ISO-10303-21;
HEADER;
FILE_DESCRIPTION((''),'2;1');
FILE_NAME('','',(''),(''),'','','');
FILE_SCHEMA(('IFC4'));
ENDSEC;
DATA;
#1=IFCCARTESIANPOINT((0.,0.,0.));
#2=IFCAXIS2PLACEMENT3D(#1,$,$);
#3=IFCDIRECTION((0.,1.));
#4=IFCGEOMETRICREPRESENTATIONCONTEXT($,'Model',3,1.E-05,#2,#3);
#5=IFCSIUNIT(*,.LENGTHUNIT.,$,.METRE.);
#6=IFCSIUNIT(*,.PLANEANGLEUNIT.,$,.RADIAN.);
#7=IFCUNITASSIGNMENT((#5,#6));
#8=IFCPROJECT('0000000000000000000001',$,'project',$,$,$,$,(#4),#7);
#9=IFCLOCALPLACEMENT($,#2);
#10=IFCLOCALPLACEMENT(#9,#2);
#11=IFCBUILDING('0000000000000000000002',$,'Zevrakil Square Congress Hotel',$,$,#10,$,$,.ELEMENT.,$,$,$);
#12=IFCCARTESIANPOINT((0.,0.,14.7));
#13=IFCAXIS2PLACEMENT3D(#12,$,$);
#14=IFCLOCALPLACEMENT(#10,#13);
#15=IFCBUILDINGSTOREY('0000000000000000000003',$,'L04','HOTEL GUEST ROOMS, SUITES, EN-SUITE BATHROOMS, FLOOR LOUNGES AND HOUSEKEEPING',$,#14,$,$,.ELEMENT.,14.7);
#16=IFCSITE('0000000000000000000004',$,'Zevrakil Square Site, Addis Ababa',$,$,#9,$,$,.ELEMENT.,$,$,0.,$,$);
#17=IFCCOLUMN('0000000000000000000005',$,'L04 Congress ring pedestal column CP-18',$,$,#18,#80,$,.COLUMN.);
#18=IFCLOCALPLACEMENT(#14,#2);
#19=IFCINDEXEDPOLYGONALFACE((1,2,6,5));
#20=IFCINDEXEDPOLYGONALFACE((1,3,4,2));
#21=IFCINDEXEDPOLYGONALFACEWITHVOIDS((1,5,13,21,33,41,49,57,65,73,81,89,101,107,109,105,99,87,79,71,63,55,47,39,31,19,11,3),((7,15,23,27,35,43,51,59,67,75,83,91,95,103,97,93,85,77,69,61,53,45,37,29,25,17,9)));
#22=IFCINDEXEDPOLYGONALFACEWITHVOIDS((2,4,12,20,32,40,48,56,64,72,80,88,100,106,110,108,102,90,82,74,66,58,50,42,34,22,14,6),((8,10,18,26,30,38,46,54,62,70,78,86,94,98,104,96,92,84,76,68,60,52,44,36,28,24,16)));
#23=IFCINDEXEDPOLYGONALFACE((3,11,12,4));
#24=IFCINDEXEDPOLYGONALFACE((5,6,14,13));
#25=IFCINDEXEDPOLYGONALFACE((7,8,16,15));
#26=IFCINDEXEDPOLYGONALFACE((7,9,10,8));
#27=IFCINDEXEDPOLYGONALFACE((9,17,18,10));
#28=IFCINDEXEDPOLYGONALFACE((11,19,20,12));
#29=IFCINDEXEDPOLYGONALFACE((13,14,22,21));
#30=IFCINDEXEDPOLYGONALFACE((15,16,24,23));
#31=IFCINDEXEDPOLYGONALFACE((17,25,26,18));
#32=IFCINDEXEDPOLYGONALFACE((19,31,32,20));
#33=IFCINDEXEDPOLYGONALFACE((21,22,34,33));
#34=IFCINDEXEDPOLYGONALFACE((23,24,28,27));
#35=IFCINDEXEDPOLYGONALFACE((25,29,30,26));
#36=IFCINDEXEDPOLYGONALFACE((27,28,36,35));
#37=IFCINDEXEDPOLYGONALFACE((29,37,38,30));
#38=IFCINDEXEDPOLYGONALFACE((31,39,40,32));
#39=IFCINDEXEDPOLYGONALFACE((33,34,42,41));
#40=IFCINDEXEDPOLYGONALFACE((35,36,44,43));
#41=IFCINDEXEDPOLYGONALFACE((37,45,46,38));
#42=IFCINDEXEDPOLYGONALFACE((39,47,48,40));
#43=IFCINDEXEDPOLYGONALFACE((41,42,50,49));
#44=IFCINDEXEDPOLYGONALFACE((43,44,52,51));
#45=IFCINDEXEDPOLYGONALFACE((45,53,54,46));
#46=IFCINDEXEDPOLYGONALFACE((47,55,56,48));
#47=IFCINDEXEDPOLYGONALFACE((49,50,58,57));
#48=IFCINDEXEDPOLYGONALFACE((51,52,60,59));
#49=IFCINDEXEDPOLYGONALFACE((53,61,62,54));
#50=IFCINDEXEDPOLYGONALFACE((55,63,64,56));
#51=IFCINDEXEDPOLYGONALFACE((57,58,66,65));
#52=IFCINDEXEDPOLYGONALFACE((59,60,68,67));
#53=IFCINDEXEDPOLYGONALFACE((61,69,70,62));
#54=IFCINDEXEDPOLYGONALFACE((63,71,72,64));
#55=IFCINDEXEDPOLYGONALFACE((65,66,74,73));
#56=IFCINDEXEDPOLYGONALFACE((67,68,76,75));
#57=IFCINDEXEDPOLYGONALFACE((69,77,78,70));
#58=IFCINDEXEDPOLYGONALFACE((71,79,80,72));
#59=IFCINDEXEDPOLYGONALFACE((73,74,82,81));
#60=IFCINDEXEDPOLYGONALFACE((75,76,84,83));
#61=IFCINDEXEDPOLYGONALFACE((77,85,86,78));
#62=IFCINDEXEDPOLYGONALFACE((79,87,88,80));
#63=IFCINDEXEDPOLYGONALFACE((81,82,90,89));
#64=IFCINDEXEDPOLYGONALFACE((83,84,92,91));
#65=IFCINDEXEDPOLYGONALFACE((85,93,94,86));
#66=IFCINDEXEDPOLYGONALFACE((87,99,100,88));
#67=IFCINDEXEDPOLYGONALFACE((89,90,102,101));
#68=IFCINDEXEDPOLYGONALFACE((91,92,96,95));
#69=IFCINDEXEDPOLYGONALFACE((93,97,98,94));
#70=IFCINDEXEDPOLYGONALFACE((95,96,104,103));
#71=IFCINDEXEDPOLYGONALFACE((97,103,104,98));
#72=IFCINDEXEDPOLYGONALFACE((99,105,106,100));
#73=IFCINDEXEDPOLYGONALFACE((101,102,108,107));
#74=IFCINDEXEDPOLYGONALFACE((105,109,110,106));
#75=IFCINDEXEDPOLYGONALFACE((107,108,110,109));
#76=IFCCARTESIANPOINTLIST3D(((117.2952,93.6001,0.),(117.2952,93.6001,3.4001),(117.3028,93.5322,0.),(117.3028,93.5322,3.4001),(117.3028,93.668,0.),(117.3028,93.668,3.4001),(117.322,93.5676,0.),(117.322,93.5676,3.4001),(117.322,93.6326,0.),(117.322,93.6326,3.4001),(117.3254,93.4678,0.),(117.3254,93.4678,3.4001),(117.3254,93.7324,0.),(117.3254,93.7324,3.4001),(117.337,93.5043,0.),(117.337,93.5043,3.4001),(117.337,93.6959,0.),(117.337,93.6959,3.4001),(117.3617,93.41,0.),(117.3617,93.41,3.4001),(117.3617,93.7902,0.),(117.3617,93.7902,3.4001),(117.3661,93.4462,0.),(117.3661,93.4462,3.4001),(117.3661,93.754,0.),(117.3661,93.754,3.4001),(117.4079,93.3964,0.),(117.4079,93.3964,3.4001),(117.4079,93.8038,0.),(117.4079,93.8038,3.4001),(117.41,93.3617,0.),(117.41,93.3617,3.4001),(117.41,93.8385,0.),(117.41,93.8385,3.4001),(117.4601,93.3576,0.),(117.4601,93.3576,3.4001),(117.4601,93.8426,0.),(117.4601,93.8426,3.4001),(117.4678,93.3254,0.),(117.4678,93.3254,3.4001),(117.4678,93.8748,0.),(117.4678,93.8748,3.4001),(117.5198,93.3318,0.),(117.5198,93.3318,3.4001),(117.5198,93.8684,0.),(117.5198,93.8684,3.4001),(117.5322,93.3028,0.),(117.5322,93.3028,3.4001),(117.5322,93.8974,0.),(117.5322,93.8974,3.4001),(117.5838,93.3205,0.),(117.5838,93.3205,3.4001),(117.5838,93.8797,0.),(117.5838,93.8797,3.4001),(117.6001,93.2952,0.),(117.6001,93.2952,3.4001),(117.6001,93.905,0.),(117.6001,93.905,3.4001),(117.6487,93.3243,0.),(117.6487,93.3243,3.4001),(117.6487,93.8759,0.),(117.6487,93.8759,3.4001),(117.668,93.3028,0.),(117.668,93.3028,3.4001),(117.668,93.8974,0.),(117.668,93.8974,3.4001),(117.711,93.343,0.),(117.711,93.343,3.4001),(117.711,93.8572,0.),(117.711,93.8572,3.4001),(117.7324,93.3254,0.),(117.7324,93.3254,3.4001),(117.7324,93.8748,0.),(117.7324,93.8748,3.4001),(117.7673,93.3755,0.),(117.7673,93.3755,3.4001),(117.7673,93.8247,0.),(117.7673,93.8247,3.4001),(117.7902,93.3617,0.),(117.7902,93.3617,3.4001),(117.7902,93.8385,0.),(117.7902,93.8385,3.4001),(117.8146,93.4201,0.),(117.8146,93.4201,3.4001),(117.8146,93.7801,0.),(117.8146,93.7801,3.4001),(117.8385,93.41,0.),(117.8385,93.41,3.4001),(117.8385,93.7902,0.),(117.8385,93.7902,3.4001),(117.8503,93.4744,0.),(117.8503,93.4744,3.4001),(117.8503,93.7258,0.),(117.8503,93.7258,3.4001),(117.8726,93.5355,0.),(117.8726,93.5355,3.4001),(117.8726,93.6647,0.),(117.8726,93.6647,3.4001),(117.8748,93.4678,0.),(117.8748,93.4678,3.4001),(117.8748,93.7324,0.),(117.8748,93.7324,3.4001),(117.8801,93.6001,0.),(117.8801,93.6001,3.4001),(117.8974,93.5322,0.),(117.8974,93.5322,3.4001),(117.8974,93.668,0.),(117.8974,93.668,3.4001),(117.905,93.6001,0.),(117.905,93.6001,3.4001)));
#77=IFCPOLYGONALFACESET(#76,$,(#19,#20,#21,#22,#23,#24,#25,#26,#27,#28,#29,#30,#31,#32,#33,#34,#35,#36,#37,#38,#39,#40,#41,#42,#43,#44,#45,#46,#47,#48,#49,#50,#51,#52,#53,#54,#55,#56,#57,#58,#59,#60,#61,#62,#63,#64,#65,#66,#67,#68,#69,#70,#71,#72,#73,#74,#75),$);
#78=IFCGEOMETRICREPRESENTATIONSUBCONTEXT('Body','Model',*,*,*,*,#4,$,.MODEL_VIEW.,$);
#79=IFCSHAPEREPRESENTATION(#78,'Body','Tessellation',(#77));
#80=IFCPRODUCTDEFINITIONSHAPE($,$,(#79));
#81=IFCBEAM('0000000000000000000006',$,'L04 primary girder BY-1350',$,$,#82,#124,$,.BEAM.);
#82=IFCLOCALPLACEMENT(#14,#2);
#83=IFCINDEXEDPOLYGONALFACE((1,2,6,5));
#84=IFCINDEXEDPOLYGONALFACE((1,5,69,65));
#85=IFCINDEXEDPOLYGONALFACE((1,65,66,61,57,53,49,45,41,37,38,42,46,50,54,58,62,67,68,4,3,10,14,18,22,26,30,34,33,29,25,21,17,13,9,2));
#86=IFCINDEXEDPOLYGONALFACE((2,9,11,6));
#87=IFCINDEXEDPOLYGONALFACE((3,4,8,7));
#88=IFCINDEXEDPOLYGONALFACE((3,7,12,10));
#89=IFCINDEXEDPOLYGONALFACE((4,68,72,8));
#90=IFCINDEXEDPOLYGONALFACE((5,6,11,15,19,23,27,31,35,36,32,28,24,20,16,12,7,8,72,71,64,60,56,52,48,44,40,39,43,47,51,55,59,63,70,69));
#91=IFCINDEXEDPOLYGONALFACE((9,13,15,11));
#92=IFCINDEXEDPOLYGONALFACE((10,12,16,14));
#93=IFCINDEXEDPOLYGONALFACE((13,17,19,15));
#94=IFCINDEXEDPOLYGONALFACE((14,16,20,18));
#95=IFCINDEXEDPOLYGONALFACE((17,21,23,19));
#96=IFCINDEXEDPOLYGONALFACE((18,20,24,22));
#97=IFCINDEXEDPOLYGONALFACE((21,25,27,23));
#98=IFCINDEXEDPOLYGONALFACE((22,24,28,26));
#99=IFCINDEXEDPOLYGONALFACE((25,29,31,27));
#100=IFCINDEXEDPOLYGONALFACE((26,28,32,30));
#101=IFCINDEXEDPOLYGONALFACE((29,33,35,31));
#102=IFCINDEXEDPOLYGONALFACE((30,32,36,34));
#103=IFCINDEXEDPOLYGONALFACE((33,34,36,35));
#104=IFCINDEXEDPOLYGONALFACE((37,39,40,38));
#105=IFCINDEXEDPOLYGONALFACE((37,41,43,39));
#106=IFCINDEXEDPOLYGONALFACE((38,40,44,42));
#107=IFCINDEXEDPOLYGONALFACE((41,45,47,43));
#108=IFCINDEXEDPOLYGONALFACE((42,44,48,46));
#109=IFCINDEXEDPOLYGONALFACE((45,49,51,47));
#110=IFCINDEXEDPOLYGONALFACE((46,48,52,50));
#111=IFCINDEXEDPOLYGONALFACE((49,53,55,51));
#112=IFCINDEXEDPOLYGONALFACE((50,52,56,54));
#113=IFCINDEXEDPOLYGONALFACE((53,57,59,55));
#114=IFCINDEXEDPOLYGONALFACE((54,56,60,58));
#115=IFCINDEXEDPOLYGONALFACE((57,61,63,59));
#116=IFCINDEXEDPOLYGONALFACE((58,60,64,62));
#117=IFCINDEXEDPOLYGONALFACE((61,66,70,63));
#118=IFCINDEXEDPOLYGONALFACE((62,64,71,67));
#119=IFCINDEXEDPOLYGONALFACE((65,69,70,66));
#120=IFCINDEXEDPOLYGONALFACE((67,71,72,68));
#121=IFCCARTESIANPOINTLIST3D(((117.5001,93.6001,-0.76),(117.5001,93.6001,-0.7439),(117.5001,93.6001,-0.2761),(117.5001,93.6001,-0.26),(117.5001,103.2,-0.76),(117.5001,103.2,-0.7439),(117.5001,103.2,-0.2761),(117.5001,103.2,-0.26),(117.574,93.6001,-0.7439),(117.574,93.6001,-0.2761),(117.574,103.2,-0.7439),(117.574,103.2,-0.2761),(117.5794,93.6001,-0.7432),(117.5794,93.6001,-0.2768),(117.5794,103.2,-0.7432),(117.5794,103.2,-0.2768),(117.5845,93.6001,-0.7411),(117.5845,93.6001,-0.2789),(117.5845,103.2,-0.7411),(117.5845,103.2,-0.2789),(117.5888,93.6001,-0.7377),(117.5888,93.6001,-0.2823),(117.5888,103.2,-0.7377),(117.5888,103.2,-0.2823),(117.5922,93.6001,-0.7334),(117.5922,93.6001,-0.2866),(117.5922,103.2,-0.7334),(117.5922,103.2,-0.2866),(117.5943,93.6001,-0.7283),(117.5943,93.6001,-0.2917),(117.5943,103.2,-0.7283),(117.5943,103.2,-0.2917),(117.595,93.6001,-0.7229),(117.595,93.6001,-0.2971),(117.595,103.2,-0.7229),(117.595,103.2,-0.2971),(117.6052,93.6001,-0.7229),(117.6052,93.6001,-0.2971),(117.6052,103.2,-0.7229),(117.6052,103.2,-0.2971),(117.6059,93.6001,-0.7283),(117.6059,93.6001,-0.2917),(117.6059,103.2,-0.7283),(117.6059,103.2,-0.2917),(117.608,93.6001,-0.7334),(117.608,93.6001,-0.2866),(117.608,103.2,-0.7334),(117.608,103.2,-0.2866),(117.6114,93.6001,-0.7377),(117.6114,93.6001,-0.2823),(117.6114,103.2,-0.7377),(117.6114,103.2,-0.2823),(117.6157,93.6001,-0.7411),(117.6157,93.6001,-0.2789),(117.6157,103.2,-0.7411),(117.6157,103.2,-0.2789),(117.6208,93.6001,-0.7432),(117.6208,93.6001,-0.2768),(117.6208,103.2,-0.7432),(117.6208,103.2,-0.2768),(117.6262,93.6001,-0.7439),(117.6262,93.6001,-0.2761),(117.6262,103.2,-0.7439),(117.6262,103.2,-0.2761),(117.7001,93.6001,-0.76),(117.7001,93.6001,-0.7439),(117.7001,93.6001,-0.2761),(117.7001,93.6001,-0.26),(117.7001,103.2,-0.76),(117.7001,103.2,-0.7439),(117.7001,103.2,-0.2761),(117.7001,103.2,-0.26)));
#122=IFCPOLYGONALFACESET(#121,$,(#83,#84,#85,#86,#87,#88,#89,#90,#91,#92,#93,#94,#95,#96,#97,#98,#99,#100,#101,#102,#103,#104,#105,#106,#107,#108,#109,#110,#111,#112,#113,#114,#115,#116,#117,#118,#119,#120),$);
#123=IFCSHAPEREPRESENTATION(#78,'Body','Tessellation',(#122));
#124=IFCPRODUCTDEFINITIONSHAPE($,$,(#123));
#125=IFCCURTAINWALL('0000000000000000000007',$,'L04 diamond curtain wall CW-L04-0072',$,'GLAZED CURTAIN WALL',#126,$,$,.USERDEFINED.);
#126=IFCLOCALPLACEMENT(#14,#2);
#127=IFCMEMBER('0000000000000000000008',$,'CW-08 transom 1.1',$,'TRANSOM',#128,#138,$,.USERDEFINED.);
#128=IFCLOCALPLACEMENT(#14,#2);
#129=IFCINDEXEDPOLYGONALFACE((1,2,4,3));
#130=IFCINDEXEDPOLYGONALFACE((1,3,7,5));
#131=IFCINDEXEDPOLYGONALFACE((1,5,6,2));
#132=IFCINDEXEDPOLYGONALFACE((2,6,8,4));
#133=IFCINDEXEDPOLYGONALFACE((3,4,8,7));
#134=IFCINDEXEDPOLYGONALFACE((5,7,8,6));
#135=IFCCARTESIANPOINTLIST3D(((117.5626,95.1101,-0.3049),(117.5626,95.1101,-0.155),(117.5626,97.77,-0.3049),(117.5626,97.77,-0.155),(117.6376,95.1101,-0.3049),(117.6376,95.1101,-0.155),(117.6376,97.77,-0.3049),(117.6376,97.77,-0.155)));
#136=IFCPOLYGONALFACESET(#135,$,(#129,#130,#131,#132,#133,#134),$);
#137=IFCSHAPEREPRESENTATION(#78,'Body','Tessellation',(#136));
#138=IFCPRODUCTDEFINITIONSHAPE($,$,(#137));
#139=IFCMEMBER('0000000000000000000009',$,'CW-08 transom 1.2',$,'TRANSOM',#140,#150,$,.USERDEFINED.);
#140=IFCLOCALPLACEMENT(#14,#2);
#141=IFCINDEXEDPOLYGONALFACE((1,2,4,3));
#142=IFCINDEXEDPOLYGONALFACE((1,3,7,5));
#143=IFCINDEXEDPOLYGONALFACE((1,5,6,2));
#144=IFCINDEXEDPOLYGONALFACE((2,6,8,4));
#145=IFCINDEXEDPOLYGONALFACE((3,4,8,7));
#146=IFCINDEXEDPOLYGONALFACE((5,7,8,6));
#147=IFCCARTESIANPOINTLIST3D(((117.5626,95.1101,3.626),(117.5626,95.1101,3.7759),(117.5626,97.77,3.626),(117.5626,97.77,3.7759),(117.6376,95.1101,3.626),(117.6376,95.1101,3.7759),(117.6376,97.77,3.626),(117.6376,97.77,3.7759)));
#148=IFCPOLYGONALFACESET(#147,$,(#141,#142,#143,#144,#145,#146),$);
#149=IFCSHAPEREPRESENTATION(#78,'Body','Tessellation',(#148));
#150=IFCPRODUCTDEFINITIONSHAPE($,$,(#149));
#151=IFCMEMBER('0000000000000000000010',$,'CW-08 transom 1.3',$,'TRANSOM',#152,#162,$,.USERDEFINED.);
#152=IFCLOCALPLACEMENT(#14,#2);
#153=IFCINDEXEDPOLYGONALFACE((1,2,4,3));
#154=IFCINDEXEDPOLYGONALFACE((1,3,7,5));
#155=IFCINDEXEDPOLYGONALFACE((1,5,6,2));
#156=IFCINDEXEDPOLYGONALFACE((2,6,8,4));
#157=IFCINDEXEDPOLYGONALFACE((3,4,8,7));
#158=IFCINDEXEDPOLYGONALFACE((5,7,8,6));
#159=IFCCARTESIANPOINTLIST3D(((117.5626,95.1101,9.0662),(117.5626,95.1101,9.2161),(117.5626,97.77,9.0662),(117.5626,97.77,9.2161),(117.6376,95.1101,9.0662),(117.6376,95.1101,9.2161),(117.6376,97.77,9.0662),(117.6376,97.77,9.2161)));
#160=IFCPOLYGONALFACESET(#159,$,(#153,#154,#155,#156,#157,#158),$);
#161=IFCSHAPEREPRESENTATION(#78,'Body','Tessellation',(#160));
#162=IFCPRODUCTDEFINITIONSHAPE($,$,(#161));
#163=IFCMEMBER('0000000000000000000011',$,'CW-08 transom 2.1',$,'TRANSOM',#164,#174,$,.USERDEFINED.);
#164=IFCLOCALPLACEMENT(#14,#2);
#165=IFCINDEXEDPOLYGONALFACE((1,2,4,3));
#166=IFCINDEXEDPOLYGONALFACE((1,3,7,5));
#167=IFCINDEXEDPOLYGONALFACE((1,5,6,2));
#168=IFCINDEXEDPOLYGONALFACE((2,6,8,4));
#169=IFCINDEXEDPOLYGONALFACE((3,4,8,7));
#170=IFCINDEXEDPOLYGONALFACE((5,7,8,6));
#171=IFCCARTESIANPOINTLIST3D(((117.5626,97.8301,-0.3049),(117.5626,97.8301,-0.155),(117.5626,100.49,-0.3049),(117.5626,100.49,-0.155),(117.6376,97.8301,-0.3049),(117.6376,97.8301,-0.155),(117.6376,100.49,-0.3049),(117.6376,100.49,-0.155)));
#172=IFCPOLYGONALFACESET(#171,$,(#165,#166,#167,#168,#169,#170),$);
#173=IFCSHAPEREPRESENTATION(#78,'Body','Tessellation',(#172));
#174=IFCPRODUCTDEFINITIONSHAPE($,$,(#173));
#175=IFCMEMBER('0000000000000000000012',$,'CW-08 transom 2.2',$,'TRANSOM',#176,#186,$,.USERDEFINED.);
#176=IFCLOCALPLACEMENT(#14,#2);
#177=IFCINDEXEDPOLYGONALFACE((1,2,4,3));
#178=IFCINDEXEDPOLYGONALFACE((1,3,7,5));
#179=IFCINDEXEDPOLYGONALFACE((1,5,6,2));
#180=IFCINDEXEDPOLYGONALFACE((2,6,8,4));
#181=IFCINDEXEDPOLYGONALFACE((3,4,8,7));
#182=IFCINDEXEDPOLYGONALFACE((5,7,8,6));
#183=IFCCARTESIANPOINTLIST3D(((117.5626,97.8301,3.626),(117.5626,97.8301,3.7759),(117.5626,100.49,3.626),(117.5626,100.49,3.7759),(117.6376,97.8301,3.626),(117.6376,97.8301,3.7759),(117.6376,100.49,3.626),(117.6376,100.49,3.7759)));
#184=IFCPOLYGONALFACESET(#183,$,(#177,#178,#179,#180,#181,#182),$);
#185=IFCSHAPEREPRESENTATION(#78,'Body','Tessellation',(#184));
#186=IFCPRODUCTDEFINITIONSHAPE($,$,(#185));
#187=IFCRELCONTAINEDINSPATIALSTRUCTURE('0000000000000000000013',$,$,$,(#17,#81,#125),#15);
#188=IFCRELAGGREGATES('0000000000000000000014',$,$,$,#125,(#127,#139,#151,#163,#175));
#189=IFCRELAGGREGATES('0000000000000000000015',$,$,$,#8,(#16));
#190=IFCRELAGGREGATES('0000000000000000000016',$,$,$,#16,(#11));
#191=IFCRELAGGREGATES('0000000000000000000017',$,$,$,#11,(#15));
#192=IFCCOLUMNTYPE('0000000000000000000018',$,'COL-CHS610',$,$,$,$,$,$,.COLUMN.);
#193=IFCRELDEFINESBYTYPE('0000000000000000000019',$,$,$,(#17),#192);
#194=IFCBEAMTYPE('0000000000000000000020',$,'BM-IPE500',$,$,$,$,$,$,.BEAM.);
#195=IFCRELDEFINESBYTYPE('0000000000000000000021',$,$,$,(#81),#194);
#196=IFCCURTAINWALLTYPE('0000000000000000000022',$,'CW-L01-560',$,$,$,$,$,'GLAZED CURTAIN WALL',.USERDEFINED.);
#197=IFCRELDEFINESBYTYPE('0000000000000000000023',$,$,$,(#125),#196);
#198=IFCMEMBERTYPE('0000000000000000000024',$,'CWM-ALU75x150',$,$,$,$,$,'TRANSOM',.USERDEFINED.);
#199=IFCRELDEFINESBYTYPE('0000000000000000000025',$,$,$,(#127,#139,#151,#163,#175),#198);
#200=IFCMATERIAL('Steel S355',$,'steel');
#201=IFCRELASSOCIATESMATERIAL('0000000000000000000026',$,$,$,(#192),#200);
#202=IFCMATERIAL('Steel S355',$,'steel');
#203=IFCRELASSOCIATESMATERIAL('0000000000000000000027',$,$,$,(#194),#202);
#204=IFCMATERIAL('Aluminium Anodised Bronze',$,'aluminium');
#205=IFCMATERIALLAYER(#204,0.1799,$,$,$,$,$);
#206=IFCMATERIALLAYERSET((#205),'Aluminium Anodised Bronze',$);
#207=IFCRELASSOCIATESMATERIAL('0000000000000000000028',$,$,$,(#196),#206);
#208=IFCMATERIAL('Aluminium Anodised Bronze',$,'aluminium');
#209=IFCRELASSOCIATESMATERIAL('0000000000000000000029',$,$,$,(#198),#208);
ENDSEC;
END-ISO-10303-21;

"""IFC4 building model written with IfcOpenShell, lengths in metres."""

from ifc_helpers import new_model, si_unit, direction, frame, origin, origin_2d, place, context, subcontext, project, spatial, rectangle, hollow_circle, i_section, extrude, material, layer, layer_set, material_profile, profile_set, type_object, element, aggregate, save


model = new_model("IFC4")

# Units and contexts
model_context = context("Model", 3, precision=1e-05, world=origin(), true_north=direction((0.0, 1.0)))
body_context = subcontext(model_context, "Body", "Model", "MODEL_VIEW")
ifc_project = project(units=[si_unit("LENGTHUNIT", "METRE"), si_unit("PLANEANGLEUNIT", "RADIAN")], contexts=[model_context])

# Site, building, storey
site_placement = place(None, origin())
site = spatial("IfcSite", under=ifc_project, at=site_placement, Name="Zevrakil Square Site, Addis Ababa", CompositionType="ELEMENT", RefElevation=0.0)
building_placement = place(site_placement, origin())
building = spatial("IfcBuilding", under=site, at=building_placement, Name="Zevrakil Square Congress Hotel", CompositionType="ELEMENT")
storey_placement = place(building_placement, frame((0.0, 0.0, 14.7)))
storey = spatial("IfcBuildingStorey", under=building, at=storey_placement, Name="L04", Description="HOTEL GUEST ROOMS, SUITES, EN-SUITE BATHROOMS, FLOOR LOUNGES AND HOUSEKEEPING", CompositionType="ELEMENT", Elevation=14.7)

# Column
ifc_material_1 = material(Name="Steel S355", Category="steel")
ifc_material_profile_1 = material_profile(ifc_material_1, hollow_circle(Radius=0.3049, WallThickness=0.0249, at=origin_2d()), Name="CHS 610x25")
ifc_profile_set_1 = profile_set([ifc_material_profile_1], Name="Steel S355")
column_type = type_object("IfcColumnType", Name="COL-CHS610", PredefinedType="COLUMN", material=ifc_profile_set_1)
column_placement = place(storey_placement, frame((117.6001, 93.6001, 0.0), z_axis=(0.0, 0.0, 1.0), x_axis=(1.0, 0.0, 0.0)))
element("IfcColumn", 1, at=column_placement, inside=storey, type_object=column_type, Name="L04 Congress ring pedestal column CP-18", PredefinedType="COLUMN", context=body_context, shape_type="SweptSolid", body=[
    extrude(hollow_circle(Radius=0.3049, WallThickness=0.0249, at=origin_2d()), origin(), (0.0, 0.0, 1.0), 3.4001),
])

# Beam
ifc_material_2 = material(Name="Steel S355", Category="steel")
ifc_material_profile_2 = material_profile(ifc_material_2, i_section(OverallWidth=0.2, OverallDepth=0.5, WebThickness=0.0103, FlangeThickness=0.0161, FilletRadius=0.021, at=origin_2d()), Name="IPE 500")
ifc_profile_set_2 = profile_set([ifc_material_profile_2], Name="Steel S355")
beam_type = type_object("IfcBeamType", Name="BM-IPE500", PredefinedType="BEAM", material=ifc_profile_set_2)
beam_placement = place(storey_placement, frame((117.6001, 93.6001, -0.51), z_axis=(0.0, 1.0, 0.0), x_axis=(-1.0, 0.0, 0.0)))
element("IfcBeam", 2, at=beam_placement, inside=storey, type_object=beam_type, Name="L04 primary girder BY-1350", PredefinedType="BEAM", context=body_context, shape_type="SweptSolid", body=[
    extrude(i_section(OverallWidth=0.2, OverallDepth=0.5, WebThickness=0.0103, FlangeThickness=0.0161, FilletRadius=0.021, at=origin_2d()), origin(), (0.0, 0.0, 1.0), 9.5999),
])

# Curtain wall, members
ifc_material_3 = material(Name="Aluminium Anodised Bronze", Category="aluminium")
ifc_layer_1 = layer(ifc_material_3, 0.1799)
ifc_layer_set_1 = layer_set([ifc_layer_1], Name="Aluminium Anodised Bronze")
curtain_wall_type = type_object("IfcCurtainWallType", Name="CW-L01-560", ElementType="GLAZED CURTAIN WALL", PredefinedType="USERDEFINED", material=ifc_layer_set_1)
curtain_wall_1_placement = place(storey_placement, origin())
curtain_wall_1 = element("IfcCurtainWall", 3, at=curtain_wall_1_placement, inside=storey, type_object=curtain_wall_type, Name="L04 diamond curtain wall CW-L04-0072", ObjectType="GLAZED CURTAIN WALL", PredefinedType="USERDEFINED")
ifc_material_4 = material(Name="Aluminium Anodised Bronze", Category="aluminium")
ifc_material_profile_3 = material_profile(ifc_material_4, rectangle(XDim=0.075, YDim=0.1499, at=origin_2d()), Name="ALU 75x150")
ifc_profile_set_3 = profile_set([ifc_material_profile_3], Name="Aluminium Anodised Bronze")
member_type_1 = type_object("IfcMemberType", Name="CWM-ALU75x150", ElementType="TRANSOM", PredefinedType="USERDEFINED", material=ifc_profile_set_3)
member_1_placement = place(storey_placement, frame((117.6001, 95.1101, -0.23), z_axis=(0.0, 1.0, 0.0), x_axis=(-1.0, 0.0, 0.0)))
member_1 = element("IfcMember", 4, at=member_1_placement, type_object=member_type_1, Name="CW-08 transom 1.1", ObjectType="TRANSOM", PredefinedType="USERDEFINED", context=body_context, shape_type="SweptSolid", body=[
    extrude(rectangle(XDim=0.075, YDim=0.1499, at=origin_2d()), origin(), (0.0, 0.0, 1.0), 2.6599),
])
member_2_placement = place(storey_placement, frame((117.6001, 95.1101, 3.7009), z_axis=(0.0, 1.0, 0.0), x_axis=(-1.0, 0.0, 0.0)))
member_2 = element("IfcMember", 5, at=member_2_placement, type_object=member_type_1, Name="CW-08 transom 1.2", ObjectType="TRANSOM", PredefinedType="USERDEFINED", context=body_context, shape_type="SweptSolid", body=[
    extrude(rectangle(XDim=0.075, YDim=0.1499, at=origin_2d()), origin(), (0.0, 0.0, 1.0), 2.6599),
])
member_3_placement = place(storey_placement, frame((117.6001, 95.1101, 9.1411), z_axis=(0.0, 1.0, 0.0), x_axis=(-1.0, 0.0, 0.0)))
member_3 = element("IfcMember", 6, at=member_3_placement, type_object=member_type_1, Name="CW-08 transom 1.3", ObjectType="TRANSOM", PredefinedType="USERDEFINED", context=body_context, shape_type="SweptSolid", body=[
    extrude(rectangle(XDim=0.075, YDim=0.1499, at=origin_2d()), origin(), (0.0, 0.0, 1.0), 2.6599),
])
member_4_placement = place(storey_placement, frame((117.6001, 97.8301, -0.23), z_axis=(0.0, 1.0, 0.0), x_axis=(-1.0, 0.0, 0.0)))
member_4 = element("IfcMember", 7, at=member_4_placement, type_object=member_type_1, Name="CW-08 transom 2.1", ObjectType="TRANSOM", PredefinedType="USERDEFINED", context=body_context, shape_type="SweptSolid", body=[
    extrude(rectangle(XDim=0.075, YDim=0.1499, at=origin_2d()), origin(), (0.0, 0.0, 1.0), 2.6599),
])
member_5_placement = place(storey_placement, frame((117.6001, 97.8301, 3.7009), z_axis=(0.0, 1.0, 0.0), x_axis=(-1.0, 0.0, 0.0)))
member_5 = element("IfcMember", 8, at=member_5_placement, type_object=member_type_1, Name="CW-08 transom 2.2", ObjectType="TRANSOM", PredefinedType="USERDEFINED", context=body_context, shape_type="SweptSolid", body=[
    extrude(rectangle(XDim=0.075, YDim=0.1499, at=origin_2d()), origin(), (0.0, 0.0, 1.0), 2.6599),
])

aggregate(curtain_wall_1, [member_1, member_2, member_3, member_4, member_5])

save(model, "model.ifc")
